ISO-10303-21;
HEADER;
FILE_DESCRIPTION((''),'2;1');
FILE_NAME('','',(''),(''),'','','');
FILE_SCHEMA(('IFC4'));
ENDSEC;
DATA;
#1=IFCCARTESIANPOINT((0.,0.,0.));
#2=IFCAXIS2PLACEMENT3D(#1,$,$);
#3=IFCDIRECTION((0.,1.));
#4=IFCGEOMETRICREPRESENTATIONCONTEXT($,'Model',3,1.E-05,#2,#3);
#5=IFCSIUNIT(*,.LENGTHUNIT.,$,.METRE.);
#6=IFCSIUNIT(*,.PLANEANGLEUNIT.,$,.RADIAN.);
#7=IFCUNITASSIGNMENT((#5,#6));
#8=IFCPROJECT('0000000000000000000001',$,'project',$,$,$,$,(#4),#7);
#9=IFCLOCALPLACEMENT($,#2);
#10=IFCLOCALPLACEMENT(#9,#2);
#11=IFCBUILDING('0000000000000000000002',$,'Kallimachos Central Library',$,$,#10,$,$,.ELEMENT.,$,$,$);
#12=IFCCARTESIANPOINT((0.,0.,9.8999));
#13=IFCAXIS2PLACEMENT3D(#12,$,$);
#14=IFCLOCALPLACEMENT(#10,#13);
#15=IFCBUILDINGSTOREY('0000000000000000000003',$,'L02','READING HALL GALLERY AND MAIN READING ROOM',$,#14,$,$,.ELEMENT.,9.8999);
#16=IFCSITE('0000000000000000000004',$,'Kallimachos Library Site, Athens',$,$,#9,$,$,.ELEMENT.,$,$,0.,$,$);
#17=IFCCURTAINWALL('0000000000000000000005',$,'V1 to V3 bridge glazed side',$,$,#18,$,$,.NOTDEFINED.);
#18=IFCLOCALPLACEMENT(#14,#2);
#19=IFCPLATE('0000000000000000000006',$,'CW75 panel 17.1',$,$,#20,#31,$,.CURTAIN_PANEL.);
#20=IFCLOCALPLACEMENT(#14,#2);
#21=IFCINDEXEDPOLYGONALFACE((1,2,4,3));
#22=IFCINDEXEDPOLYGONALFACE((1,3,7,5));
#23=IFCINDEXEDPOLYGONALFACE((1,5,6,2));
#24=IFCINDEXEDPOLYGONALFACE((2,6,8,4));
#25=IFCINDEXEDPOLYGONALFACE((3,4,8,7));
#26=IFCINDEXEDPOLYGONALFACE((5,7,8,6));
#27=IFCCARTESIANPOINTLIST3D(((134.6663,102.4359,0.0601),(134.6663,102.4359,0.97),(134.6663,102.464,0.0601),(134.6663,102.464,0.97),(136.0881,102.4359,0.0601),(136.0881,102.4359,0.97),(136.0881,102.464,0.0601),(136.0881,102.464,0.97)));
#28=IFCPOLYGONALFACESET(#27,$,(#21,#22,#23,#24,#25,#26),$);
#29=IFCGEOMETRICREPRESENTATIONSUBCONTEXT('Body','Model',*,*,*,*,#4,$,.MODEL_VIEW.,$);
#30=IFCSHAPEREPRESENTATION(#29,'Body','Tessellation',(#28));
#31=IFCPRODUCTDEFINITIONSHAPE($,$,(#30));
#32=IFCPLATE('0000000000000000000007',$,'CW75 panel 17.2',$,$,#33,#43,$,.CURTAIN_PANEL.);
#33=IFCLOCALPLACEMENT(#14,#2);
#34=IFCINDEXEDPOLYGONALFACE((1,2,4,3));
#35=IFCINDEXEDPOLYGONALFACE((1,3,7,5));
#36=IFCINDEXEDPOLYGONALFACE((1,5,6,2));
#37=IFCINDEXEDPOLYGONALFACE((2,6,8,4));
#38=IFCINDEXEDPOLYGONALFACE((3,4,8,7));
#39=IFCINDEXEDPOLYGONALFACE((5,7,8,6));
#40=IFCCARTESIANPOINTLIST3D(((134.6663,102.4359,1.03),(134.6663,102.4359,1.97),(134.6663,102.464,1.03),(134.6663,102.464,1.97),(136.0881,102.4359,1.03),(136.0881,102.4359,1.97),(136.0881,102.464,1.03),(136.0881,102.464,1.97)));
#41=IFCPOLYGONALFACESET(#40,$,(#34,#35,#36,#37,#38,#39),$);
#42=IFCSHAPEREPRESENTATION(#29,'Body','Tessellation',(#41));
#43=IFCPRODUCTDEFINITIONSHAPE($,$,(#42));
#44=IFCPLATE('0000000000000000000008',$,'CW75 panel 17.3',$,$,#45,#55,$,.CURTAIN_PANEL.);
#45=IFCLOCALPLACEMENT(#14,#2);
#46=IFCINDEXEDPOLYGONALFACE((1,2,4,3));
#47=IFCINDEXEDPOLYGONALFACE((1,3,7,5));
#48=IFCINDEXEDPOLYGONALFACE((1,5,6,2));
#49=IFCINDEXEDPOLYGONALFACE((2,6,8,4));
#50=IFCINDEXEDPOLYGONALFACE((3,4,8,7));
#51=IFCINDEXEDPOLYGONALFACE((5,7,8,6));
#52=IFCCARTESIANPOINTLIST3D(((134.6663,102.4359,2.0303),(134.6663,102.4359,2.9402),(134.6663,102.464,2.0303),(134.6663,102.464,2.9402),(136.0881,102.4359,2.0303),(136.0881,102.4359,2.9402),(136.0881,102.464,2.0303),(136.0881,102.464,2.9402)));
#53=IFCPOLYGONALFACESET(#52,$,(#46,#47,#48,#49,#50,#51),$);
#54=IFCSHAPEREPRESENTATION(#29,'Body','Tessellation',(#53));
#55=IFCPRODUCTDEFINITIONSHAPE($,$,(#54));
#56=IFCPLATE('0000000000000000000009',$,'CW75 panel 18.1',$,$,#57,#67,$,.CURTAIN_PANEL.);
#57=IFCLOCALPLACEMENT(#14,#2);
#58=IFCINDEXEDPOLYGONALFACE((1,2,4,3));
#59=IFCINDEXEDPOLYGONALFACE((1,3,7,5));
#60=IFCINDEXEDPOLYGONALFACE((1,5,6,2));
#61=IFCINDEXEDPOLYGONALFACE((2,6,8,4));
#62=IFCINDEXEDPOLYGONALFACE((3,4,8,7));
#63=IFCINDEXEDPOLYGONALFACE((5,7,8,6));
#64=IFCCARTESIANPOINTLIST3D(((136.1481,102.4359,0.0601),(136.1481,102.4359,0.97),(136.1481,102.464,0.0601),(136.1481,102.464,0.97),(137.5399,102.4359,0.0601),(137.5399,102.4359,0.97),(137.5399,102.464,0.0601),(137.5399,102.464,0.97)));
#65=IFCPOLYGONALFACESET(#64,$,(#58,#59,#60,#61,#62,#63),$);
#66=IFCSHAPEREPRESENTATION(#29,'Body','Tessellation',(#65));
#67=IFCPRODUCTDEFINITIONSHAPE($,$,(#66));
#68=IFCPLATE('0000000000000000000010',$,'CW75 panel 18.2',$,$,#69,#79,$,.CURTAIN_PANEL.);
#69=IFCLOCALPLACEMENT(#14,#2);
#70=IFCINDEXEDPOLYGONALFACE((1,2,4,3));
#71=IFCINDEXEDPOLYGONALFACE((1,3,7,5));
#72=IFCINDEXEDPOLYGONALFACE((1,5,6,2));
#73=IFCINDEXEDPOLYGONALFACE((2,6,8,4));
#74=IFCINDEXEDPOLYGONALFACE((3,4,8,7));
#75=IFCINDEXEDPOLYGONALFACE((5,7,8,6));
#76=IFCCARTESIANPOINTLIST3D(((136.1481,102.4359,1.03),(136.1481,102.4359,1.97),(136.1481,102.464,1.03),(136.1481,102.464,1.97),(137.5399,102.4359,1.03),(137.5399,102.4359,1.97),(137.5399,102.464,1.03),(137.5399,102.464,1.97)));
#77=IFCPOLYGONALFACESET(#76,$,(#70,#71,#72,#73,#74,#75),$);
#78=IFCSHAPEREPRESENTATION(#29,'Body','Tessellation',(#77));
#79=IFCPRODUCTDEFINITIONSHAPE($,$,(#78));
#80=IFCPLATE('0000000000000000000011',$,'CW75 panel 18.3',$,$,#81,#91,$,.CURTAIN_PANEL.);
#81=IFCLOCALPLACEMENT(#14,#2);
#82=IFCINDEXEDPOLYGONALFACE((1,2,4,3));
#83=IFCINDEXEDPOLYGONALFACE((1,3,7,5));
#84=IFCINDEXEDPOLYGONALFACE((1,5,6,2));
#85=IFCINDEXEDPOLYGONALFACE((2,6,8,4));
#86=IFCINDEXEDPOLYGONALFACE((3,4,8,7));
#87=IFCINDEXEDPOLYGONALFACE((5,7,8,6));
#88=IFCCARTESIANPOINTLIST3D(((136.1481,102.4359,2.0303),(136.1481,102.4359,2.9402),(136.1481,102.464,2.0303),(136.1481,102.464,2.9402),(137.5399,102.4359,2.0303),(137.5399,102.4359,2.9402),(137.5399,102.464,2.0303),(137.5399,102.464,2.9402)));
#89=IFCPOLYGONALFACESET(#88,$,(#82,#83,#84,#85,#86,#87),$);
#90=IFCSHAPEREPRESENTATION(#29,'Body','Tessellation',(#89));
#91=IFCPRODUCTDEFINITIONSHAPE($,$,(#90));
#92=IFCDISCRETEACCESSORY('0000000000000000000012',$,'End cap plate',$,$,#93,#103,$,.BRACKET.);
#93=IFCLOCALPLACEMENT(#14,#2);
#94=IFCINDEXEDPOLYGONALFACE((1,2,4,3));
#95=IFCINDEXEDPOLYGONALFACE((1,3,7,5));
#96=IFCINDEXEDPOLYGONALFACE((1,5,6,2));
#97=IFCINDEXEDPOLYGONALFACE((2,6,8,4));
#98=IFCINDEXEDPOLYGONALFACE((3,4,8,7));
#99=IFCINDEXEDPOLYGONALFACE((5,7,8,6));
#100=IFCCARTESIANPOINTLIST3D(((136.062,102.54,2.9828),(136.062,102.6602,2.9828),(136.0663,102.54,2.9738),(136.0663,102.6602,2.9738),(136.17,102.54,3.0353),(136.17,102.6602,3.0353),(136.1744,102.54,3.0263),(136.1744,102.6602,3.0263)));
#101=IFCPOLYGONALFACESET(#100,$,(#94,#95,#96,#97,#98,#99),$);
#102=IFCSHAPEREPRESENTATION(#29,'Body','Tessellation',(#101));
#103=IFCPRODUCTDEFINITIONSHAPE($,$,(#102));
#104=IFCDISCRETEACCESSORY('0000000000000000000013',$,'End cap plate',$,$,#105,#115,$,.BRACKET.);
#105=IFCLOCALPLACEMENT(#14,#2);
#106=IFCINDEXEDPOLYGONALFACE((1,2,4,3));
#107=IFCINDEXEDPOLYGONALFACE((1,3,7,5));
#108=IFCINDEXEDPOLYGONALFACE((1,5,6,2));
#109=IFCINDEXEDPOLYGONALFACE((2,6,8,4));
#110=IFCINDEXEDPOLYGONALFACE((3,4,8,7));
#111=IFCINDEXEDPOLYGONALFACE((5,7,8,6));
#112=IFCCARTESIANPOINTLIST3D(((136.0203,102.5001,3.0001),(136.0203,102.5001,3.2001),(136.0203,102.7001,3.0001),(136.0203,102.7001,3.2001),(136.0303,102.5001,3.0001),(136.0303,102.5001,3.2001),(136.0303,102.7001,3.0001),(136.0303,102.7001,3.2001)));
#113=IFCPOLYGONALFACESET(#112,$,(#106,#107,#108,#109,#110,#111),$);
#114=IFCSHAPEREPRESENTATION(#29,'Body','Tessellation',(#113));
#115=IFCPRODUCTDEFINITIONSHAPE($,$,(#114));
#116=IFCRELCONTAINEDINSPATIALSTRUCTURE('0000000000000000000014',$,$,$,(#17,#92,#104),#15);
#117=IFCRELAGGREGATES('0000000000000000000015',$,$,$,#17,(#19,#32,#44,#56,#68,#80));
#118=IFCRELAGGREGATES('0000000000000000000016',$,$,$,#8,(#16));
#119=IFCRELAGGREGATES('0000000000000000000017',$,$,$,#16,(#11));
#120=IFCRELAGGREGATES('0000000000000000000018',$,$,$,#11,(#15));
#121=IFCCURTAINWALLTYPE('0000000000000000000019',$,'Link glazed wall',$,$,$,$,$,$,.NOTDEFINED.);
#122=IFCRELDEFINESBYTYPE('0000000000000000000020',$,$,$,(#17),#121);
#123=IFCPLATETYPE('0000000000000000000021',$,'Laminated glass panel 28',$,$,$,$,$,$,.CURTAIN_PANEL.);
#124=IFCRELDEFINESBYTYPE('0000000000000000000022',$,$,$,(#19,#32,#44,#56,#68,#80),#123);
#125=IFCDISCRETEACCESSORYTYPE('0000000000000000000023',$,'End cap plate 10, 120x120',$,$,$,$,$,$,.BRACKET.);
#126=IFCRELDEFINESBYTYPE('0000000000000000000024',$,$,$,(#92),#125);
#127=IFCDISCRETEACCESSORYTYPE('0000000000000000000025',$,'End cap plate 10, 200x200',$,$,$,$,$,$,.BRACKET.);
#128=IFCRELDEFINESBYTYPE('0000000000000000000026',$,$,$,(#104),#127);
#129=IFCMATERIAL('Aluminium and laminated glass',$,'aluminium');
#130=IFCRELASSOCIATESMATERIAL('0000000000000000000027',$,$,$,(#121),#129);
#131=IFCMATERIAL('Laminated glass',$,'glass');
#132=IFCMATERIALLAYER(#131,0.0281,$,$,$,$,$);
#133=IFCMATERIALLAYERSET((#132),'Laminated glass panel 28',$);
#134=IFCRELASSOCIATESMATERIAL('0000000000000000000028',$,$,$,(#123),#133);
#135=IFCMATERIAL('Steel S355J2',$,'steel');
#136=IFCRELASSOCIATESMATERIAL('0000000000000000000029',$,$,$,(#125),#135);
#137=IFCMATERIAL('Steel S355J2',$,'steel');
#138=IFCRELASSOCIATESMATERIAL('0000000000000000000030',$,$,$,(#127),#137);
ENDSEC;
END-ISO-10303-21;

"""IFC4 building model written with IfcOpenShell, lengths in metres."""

from ifc_helpers import new_model, si_unit, direction, frame, origin, origin_2d, place, context, subcontext, project, spatial, rectangle, extrude, material, layer, layer_set, material_profile, profile_set, type_object, element, aggregate, save


model = new_model("IFC4")

# Units and contexts
model_context = context("Model", 3, precision=1e-05, world=origin(), true_north=direction((0.0, 1.0)))
body_context = subcontext(model_context, "Body", "Model", "MODEL_VIEW")
ifc_project = project(units=[si_unit("LENGTHUNIT", "METRE"), si_unit("PLANEANGLEUNIT", "RADIAN")], contexts=[model_context])

# Site, building, storey
site_placement = place(None, origin())
site = spatial("IfcSite", under=ifc_project, at=site_placement, Name="Kallimachos Library Site, Athens", CompositionType="ELEMENT", RefElevation=0.0)
building_placement = place(site_placement, origin())
building = spatial("IfcBuilding", under=site, at=building_placement, Name="Kallimachos Central Library", CompositionType="ELEMENT")
storey_placement = place(building_placement, frame((0.0, 0.0, 9.8999)))
storey = spatial("IfcBuildingStorey", under=building, at=storey_placement, Name="L02", Description="READING HALL GALLERY AND MAIN READING ROOM", CompositionType="ELEMENT", Elevation=9.8999)

# Curtain wall
ifc_material_1 = material(Name="Aluminium and laminated glass", Category="aluminium")
curtain_wall_type = type_object("IfcCurtainWallType", Name="Link glazed wall", PredefinedType="NOTDEFINED", material=ifc_material_1)
curtain_wall_placement = place(storey_placement, origin())
curtain_wall = element("IfcCurtainWall", 1, at=curtain_wall_placement, inside=storey, type_object=curtain_wall_type, Name="V1 to V3 bridge glazed side", PredefinedType="NOTDEFINED")

# Plates
ifc_material_2 = material(Name="Laminated glass", Category="glass")
ifc_layer = layer(ifc_material_2, 0.0281)
ifc_layer_set = layer_set([ifc_layer], Name="Laminated glass panel 28")
plate_type = type_object("IfcPlateType", Name="Laminated glass panel 28", PredefinedType="CURTAIN_PANEL", material=ifc_layer_set)
plate_1_placement = place(storey_placement, frame((135.3772, 102.45, 0.0601), z_axis=(0.0, 0.0, 1.0), x_axis=(1.0, 0.0, 0.0)))
plate_1 = element("IfcPlate", 2, at=plate_1_placement, type_object=plate_type, Name="CW75 panel 17.1", PredefinedType="CURTAIN_PANEL", context=body_context, shape_type="SweptSolid", body=[
    extrude(rectangle(XDim=1.4219, YDim=0.0281, at=origin_2d()), origin(), (0.0, 0.0, 1.0), 0.9099),
])
plate_2_placement = place(storey_placement, frame((135.3772, 102.45, 1.03), z_axis=(0.0, 0.0, 1.0), x_axis=(1.0, 0.0, 0.0)))
plate_2 = element("IfcPlate", 3, at=plate_2_placement, type_object=plate_type, Name="CW75 panel 17.2", PredefinedType="CURTAIN_PANEL", context=body_context, shape_type="SweptSolid", body=[
    extrude(rectangle(XDim=1.4219, YDim=0.0281, at=origin_2d()), origin(), (0.0, 0.0, 1.0), 0.9399),
])
plate_3_placement = place(storey_placement, frame((135.3772, 102.45, 2.0303), z_axis=(0.0, 0.0, 1.0), x_axis=(1.0, 0.0, 0.0)))
plate_3 = element("IfcPlate", 4, at=plate_3_placement, type_object=plate_type, Name="CW75 panel 17.3", PredefinedType="CURTAIN_PANEL", context=body_context, shape_type="SweptSolid", body=[
    extrude(rectangle(XDim=1.4219, YDim=0.0281, at=origin_2d()), origin(), (0.0, 0.0, 1.0), 0.9099),
])
plate_4_placement = place(storey_placement, frame((136.844, 102.45, 0.0601), z_axis=(0.0, 0.0, 1.0), x_axis=(1.0, 0.0, 0.0)))
plate_4 = element("IfcPlate", 5, at=plate_4_placement, type_object=plate_type, Name="CW75 panel 18.1", PredefinedType="CURTAIN_PANEL", context=body_context, shape_type="SweptSolid", body=[
    extrude(rectangle(XDim=1.3918, YDim=0.0281, at=origin_2d()), origin(), (0.0, 0.0, 1.0), 0.9099),
])
plate_5_placement = place(storey_placement, frame((136.844, 102.45, 1.03), z_axis=(0.0, 0.0, 1.0), x_axis=(1.0, 0.0, 0.0)))
plate_5 = element("IfcPlate", 6, at=plate_5_placement, type_object=plate_type, Name="CW75 panel 18.2", PredefinedType="CURTAIN_PANEL", context=body_context, shape_type="SweptSolid", body=[
    extrude(rectangle(XDim=1.3918, YDim=0.0281, at=origin_2d()), origin(), (0.0, 0.0, 1.0), 0.9399),
])
plate_6_placement = place(storey_placement, frame((136.844, 102.45, 2.0303), z_axis=(0.0, 0.0, 1.0), x_axis=(1.0, 0.0, 0.0)))
plate_6 = element("IfcPlate", 7, at=plate_6_placement, type_object=plate_type, Name="CW75 panel 18.3", PredefinedType="CURTAIN_PANEL", context=body_context, shape_type="SweptSolid", body=[
    extrude(rectangle(XDim=1.3918, YDim=0.0281, at=origin_2d()), origin(), (0.0, 0.0, 1.0), 0.9099),
])
aggregate(curtain_wall, [plate_1, plate_2, plate_3, plate_4, plate_5, plate_6])

# Discrete accessories
ifc_material_3 = material(Name="Steel S355J2", Category="steel")
ifc_material_profile_1 = material_profile(ifc_material_3, rectangle(XDim=0.1201, YDim=0.1201, at=origin_2d()), Name="End cap plate 10, 120x120")
ifc_profile_set_1 = profile_set([ifc_material_profile_1], Name="Steel S355J2")
discrete_accessory_type_1 = type_object("IfcDiscreteAccessoryType", Name="End cap plate 10, 120x120", PredefinedType="BRACKET", material=ifc_profile_set_1)
discrete_accessory_1_placement = place(storey_placement, frame((136.116, 102.6001, 3.009), z_axis=(0.437466, 0.0, -0.899235), x_axis=(0.0, 1.0, 0.0)))
element("IfcDiscreteAccessory", 8, at=discrete_accessory_1_placement, inside=storey, type_object=discrete_accessory_type_1, Name="End cap plate", PredefinedType="BRACKET", context=body_context, shape_type="SweptSolid", body=[
    extrude(rectangle(XDim=0.1201, YDim=0.1201, at=origin_2d()), origin(), (0.0, 0.0, 1.0), 0.01),
])
ifc_material_4 = material(Name="Steel S355J2", Category="steel")
ifc_material_profile_2 = material_profile(ifc_material_4, rectangle(XDim=0.2, YDim=0.2, at=origin_2d()), Name="End cap plate 10, 200x200")
ifc_profile_set_2 = profile_set([ifc_material_profile_2], Name="Steel S355J2")
discrete_accessory_type_2 = type_object("IfcDiscreteAccessoryType", Name="End cap plate 10, 200x200", PredefinedType="BRACKET", material=ifc_profile_set_2)
discrete_accessory_2_placement = place(storey_placement, frame((136.0203, 102.6001, 3.1001), z_axis=(1.0, 0.0, 0.0), x_axis=(0.0, 1.0, 0.0)))
element("IfcDiscreteAccessory", 9, at=discrete_accessory_2_placement, inside=storey, type_object=discrete_accessory_type_2, Name="End cap plate", PredefinedType="BRACKET", context=body_context, shape_type="SweptSolid", body=[
    extrude(rectangle(XDim=0.2, YDim=0.2, at=origin_2d()), origin(), (0.0, 0.0, 1.0), 0.01),
])

save(model, "model.ifc")
